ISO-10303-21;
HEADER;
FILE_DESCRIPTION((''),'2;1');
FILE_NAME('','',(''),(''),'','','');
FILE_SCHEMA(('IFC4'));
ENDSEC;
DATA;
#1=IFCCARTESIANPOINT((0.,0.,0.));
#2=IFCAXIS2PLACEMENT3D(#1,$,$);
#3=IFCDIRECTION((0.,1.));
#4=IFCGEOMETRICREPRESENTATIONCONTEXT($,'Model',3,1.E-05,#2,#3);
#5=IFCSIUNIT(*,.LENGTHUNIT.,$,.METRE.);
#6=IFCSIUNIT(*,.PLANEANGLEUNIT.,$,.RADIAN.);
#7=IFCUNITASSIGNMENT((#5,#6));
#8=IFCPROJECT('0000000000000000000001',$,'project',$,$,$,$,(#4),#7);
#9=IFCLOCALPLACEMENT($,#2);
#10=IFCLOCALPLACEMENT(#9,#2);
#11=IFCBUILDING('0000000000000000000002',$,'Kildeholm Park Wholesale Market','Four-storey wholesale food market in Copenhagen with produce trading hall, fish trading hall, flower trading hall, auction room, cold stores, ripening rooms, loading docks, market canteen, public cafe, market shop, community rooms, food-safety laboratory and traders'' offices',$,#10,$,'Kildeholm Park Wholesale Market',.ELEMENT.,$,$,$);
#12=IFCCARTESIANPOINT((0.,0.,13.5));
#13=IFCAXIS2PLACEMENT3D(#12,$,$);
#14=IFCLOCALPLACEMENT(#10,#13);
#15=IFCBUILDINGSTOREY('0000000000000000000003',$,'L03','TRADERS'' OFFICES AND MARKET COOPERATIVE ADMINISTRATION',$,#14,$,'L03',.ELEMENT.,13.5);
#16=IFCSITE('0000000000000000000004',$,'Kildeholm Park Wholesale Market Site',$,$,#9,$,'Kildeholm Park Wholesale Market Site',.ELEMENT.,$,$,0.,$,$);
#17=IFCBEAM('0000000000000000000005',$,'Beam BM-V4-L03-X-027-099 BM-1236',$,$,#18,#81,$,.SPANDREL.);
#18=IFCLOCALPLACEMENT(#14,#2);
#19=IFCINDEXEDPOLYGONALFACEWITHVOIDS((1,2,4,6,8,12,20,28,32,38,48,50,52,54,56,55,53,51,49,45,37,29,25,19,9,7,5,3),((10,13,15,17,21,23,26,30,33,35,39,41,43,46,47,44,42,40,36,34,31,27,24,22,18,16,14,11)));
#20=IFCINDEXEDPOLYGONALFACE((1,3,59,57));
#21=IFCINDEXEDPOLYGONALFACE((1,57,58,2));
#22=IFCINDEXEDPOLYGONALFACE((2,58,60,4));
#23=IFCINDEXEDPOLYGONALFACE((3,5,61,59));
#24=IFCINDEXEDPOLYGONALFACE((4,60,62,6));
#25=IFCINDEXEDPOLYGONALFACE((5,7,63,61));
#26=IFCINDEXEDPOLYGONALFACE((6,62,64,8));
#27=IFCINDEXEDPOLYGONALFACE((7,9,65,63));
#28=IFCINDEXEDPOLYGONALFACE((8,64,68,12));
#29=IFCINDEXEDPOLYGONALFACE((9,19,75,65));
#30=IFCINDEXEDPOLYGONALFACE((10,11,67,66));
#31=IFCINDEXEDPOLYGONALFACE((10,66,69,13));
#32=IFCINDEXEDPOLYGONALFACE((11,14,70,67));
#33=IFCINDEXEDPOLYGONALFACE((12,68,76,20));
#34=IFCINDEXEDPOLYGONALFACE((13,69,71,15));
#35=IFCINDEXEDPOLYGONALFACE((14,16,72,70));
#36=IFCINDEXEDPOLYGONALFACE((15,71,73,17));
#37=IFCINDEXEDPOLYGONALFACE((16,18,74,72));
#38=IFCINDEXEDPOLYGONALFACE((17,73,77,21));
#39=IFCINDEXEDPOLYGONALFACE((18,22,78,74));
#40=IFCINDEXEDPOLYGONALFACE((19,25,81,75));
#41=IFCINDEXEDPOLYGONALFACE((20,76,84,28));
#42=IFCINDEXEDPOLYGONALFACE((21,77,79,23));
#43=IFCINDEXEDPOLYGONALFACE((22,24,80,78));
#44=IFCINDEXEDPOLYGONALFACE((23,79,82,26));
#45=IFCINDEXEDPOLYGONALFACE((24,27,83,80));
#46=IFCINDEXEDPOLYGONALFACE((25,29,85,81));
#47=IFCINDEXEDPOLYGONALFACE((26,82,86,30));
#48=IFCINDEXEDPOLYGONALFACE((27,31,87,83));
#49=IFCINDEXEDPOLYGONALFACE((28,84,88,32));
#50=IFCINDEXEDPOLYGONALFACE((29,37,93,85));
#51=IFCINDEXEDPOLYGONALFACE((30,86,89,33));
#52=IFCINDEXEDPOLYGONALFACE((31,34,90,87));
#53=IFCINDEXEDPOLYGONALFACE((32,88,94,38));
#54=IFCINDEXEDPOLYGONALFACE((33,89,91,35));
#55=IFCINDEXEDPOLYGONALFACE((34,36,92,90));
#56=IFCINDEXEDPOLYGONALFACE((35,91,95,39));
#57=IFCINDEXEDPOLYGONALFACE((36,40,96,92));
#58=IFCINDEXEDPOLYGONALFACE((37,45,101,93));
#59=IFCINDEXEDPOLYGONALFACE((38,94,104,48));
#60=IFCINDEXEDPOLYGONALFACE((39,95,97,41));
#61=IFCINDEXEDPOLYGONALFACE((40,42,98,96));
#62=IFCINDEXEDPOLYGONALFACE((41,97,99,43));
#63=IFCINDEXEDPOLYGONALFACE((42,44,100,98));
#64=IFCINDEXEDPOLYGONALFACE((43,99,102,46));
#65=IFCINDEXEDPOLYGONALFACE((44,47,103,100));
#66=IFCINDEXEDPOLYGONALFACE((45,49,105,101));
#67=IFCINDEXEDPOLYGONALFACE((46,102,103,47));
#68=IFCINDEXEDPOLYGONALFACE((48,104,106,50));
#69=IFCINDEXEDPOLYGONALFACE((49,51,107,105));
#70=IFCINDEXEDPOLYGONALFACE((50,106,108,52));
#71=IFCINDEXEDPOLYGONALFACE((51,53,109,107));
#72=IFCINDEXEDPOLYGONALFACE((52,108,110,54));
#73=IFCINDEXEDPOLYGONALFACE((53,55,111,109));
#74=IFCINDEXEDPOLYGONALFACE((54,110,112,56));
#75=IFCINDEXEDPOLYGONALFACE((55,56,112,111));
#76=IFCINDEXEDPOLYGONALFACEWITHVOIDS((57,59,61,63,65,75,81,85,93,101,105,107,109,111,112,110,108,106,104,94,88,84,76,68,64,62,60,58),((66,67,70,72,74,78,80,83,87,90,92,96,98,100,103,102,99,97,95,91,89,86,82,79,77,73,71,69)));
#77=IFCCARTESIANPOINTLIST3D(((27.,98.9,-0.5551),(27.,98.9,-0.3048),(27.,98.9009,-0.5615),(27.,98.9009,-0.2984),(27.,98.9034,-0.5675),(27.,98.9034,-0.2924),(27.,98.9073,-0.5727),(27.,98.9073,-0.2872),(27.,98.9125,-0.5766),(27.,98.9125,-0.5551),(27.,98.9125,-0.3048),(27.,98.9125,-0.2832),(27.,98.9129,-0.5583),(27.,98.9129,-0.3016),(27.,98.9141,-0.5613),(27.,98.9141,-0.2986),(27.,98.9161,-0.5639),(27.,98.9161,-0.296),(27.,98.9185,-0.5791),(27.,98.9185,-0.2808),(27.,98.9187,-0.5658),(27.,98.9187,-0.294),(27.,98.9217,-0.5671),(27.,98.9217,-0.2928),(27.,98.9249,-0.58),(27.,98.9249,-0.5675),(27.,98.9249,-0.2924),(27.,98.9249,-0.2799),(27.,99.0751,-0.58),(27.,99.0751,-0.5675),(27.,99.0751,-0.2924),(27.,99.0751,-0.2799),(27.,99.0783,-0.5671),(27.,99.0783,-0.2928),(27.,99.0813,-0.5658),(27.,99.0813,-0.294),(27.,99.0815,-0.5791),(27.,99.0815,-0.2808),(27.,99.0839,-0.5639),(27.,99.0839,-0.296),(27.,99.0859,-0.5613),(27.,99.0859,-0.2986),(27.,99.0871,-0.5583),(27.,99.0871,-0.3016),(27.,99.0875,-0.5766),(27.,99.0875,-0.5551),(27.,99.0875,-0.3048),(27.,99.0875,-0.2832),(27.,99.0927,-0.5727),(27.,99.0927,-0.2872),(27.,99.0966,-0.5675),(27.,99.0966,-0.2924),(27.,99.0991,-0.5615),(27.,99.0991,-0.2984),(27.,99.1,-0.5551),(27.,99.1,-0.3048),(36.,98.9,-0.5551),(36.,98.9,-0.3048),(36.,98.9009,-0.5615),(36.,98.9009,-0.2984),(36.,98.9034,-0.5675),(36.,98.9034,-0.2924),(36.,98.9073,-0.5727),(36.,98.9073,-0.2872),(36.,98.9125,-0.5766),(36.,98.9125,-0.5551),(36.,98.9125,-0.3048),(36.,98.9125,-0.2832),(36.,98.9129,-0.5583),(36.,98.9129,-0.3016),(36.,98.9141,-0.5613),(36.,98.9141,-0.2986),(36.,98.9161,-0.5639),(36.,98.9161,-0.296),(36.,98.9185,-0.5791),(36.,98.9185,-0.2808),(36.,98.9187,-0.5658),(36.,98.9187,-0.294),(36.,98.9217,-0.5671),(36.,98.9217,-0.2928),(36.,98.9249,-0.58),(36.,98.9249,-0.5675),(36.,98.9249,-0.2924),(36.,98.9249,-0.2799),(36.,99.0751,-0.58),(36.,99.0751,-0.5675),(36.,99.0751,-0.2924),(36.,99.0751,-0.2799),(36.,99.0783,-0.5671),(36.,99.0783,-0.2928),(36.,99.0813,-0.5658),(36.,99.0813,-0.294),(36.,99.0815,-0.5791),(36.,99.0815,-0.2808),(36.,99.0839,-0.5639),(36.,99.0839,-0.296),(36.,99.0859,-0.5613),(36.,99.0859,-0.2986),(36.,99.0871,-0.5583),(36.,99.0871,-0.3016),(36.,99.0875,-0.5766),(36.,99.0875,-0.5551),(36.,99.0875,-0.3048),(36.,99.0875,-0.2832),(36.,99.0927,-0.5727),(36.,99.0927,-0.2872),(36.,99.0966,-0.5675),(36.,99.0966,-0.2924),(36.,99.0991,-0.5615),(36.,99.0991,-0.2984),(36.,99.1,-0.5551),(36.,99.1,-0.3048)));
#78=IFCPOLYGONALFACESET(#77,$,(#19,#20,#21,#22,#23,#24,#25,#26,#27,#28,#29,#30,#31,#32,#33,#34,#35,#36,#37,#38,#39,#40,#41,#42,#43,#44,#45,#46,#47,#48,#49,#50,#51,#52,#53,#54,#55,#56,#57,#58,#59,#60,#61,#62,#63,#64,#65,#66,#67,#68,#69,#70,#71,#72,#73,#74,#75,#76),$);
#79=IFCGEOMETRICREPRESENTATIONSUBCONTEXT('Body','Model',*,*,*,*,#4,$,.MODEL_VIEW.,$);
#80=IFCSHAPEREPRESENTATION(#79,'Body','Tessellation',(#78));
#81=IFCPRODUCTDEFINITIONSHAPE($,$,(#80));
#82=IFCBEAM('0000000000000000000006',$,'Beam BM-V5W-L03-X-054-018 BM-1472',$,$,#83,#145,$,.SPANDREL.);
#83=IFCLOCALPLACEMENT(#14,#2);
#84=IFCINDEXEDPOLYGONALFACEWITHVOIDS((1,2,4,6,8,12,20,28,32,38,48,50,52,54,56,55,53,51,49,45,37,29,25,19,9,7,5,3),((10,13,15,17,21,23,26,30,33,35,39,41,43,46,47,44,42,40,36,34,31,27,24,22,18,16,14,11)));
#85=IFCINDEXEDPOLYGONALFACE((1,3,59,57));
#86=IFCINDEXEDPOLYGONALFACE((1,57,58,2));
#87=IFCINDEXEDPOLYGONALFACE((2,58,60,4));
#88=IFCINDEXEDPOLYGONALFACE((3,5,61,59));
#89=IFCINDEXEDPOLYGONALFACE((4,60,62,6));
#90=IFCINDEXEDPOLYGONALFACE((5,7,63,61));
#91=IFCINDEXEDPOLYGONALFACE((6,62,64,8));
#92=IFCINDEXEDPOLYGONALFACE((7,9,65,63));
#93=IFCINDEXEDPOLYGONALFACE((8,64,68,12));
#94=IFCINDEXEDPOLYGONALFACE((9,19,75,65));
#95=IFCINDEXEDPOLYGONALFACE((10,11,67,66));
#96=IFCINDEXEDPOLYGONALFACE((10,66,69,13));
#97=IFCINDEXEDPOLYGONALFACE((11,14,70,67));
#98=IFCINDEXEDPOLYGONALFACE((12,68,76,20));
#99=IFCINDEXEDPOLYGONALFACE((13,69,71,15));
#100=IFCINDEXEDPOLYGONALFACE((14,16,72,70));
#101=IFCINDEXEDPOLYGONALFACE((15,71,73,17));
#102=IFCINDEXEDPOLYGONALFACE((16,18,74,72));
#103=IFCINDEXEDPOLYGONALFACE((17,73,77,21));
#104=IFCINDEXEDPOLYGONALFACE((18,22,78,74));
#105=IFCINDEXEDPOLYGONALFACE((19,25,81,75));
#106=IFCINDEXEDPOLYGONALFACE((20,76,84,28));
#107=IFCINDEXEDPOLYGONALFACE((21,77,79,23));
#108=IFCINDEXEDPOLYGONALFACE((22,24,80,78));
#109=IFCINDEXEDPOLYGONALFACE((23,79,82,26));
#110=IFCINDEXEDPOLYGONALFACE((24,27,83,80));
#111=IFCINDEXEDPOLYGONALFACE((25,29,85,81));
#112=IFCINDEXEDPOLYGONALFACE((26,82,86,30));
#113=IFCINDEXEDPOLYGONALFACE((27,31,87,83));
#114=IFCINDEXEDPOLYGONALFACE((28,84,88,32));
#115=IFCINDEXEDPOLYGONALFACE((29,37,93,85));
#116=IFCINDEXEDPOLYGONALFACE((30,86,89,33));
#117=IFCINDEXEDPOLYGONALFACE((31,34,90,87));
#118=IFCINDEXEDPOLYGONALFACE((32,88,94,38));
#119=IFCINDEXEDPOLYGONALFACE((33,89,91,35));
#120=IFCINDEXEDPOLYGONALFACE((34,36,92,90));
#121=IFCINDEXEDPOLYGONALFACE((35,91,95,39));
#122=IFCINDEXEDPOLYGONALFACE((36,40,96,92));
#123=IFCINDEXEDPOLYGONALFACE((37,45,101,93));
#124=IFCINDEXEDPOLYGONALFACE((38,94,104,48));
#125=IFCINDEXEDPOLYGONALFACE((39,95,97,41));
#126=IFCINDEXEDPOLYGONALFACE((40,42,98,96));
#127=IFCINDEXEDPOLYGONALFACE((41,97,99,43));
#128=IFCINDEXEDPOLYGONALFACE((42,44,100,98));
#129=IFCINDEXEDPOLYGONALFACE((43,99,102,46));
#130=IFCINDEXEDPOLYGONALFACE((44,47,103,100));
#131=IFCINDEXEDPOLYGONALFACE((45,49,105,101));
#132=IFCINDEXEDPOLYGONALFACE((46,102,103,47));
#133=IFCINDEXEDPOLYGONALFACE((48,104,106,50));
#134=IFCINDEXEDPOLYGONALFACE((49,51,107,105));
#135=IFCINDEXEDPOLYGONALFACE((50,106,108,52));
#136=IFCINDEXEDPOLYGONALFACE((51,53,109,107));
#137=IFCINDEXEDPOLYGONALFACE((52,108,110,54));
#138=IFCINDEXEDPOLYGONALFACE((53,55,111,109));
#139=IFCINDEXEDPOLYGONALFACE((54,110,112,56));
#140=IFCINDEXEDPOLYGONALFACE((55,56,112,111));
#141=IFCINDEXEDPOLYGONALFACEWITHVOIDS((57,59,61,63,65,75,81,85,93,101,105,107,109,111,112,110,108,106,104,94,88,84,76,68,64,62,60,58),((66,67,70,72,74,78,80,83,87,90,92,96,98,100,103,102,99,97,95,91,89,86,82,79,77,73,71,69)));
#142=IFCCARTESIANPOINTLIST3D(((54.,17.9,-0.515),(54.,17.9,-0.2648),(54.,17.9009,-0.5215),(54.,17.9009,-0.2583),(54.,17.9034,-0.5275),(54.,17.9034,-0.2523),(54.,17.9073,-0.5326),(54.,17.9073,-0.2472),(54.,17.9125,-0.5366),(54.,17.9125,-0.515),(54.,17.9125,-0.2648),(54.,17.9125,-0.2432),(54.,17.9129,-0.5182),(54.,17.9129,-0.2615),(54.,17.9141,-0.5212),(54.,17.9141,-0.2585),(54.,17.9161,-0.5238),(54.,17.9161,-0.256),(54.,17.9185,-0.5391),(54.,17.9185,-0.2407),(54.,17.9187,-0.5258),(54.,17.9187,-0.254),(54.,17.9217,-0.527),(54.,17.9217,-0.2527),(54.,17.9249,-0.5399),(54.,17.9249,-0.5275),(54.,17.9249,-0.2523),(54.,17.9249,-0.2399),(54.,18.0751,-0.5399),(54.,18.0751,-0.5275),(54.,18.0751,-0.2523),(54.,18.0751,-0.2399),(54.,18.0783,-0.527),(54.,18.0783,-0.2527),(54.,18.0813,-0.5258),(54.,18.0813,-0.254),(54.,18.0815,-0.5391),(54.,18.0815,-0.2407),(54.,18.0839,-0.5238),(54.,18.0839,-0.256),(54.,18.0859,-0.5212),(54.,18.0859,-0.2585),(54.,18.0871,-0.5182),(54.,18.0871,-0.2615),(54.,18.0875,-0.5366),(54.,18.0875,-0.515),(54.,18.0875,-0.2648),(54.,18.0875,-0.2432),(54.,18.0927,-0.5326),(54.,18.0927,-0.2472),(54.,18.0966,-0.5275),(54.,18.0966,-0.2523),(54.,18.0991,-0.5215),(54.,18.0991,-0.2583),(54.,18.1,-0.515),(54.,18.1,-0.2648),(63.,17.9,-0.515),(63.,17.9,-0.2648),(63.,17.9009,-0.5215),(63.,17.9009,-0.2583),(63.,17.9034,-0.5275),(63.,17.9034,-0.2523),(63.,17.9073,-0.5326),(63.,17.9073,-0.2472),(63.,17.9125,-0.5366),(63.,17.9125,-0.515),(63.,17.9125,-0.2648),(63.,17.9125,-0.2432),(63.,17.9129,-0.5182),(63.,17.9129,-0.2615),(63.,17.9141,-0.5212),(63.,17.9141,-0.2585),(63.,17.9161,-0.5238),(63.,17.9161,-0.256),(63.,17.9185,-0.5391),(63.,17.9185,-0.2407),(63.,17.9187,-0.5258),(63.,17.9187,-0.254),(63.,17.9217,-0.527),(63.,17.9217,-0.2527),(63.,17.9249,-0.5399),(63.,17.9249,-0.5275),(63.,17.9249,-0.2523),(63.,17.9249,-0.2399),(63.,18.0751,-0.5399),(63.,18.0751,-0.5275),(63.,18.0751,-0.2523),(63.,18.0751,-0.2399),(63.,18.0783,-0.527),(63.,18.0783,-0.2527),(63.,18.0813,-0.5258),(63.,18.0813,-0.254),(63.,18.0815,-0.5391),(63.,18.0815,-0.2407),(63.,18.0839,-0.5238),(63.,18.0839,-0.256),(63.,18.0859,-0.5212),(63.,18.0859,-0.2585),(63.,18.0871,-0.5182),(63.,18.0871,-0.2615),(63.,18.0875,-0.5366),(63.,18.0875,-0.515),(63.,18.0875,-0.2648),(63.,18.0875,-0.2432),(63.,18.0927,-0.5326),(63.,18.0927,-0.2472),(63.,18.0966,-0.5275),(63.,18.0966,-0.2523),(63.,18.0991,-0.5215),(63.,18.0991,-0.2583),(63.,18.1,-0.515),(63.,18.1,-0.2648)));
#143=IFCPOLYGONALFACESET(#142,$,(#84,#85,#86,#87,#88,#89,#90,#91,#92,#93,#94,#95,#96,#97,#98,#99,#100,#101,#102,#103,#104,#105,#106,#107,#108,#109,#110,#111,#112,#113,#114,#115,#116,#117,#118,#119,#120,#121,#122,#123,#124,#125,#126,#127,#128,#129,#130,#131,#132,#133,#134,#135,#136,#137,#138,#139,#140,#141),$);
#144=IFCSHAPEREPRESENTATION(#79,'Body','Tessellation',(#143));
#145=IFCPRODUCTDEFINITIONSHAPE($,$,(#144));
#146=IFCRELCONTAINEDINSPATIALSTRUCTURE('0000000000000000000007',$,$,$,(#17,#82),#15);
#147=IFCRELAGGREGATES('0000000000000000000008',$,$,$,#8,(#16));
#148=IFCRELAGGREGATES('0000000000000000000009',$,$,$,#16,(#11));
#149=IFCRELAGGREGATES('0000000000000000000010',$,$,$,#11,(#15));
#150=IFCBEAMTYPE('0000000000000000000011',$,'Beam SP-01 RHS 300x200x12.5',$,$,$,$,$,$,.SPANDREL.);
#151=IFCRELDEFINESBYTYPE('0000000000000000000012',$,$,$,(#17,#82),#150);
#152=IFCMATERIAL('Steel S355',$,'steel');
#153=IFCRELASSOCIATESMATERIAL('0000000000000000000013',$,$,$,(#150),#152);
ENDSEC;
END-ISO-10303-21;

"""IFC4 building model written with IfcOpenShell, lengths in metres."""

from ifc_helpers import new_model, si_unit, direction, frame, origin, origin_2d, place, context, subcontext, project, spatial, hollow_rectangle, extrude, material, material_profile, profile_set, type_object, element, save


model = new_model("IFC4")

# Units and contexts
model_context = context("Model", 3, precision=1e-05, world=origin(), true_north=direction((0.0, 1.0)))
body_context = subcontext(model_context, "Body", "Model", "MODEL_VIEW")
ifc_project = project(units=[si_unit("LENGTHUNIT", "METRE"), si_unit("PLANEANGLEUNIT", "RADIAN")], contexts=[model_context])

# Site, building, storey
site_placement = place(None, origin())
site = spatial("IfcSite", under=ifc_project, at=site_placement, Name="Kildeholm Park Wholesale Market Site", LongName="Kildeholm Park Wholesale Market Site", CompositionType="ELEMENT", RefElevation=0.0)
building_placement = place(site_placement, origin())
building = spatial("IfcBuilding", under=site, at=building_placement, Name="Kildeholm Park Wholesale Market", Description="Four-storey wholesale food market in Copenhagen with produce trading hall, fish trading hall, flower trading hall, auction room, cold stores, ripening rooms, loading docks, market canteen, public cafe, market shop, community rooms, food-safety laboratory and traders' offices", LongName="Kildeholm Park Wholesale Market", CompositionType="ELEMENT")
storey_placement = place(building_placement, frame((0.0, 0.0, 13.5)))
storey = spatial("IfcBuildingStorey", under=building, at=storey_placement, Name="L03", Description="TRADERS' OFFICES AND MARKET COOPERATIVE ADMINISTRATION", LongName="L03", CompositionType="ELEMENT", Elevation=13.5)

# Shared definitions
ifc_material_1 = material(Name="Steel S355", Category="steel")

# Beams
ifc_material_profile_1 = material_profile(ifc_material_1, hollow_rectangle(XDim=0.2, YDim=0.3, WallThickness=0.0125, InnerFilletRadius=0.0125, OuterFilletRadius=0.0249, at=origin_2d()), Name="RHS 300x200x12.5")
ifc_profile_set_1 = profile_set([ifc_material_profile_1], Name="Steel S355")
beam_type_1 = type_object("IfcBeamType", Name="Beam SP-01 RHS 300x200x12.5", PredefinedType="SPANDREL", material=ifc_profile_set_1)
for number, where, z_axis, x_axis, name in (
    (1, (27.0, 99.0, -0.4299), (1.0, 0.0, 0.0), (0.0, 1.0, 0.0), "Beam BM-V4-L03-X-027-099 BM-1236"),
    (2, (54.0, 18.0, -0.3899), (1.0, 0.0, 0.0), (0.0, 1.0, 0.0), "Beam BM-V5W-L03-X-054-018 BM-1472"),
):
    element("IfcBeam", number, at=place(storey_placement, frame(where, z_axis=z_axis, x_axis=x_axis)), inside=storey, type_object=beam_type_1, Name=name, PredefinedType="SPANDREL", context=body_context, shape_type="SweptSolid", body=[
        extrude(hollow_rectangle(XDim=0.2, YDim=0.3, WallThickness=0.0125, InnerFilletRadius=0.0125, OuterFilletRadius=0.0249, at=origin_2d()), origin(), (0.0, 0.0, 1.0), 9.0),
    ])

save(model, "model.ifc")
